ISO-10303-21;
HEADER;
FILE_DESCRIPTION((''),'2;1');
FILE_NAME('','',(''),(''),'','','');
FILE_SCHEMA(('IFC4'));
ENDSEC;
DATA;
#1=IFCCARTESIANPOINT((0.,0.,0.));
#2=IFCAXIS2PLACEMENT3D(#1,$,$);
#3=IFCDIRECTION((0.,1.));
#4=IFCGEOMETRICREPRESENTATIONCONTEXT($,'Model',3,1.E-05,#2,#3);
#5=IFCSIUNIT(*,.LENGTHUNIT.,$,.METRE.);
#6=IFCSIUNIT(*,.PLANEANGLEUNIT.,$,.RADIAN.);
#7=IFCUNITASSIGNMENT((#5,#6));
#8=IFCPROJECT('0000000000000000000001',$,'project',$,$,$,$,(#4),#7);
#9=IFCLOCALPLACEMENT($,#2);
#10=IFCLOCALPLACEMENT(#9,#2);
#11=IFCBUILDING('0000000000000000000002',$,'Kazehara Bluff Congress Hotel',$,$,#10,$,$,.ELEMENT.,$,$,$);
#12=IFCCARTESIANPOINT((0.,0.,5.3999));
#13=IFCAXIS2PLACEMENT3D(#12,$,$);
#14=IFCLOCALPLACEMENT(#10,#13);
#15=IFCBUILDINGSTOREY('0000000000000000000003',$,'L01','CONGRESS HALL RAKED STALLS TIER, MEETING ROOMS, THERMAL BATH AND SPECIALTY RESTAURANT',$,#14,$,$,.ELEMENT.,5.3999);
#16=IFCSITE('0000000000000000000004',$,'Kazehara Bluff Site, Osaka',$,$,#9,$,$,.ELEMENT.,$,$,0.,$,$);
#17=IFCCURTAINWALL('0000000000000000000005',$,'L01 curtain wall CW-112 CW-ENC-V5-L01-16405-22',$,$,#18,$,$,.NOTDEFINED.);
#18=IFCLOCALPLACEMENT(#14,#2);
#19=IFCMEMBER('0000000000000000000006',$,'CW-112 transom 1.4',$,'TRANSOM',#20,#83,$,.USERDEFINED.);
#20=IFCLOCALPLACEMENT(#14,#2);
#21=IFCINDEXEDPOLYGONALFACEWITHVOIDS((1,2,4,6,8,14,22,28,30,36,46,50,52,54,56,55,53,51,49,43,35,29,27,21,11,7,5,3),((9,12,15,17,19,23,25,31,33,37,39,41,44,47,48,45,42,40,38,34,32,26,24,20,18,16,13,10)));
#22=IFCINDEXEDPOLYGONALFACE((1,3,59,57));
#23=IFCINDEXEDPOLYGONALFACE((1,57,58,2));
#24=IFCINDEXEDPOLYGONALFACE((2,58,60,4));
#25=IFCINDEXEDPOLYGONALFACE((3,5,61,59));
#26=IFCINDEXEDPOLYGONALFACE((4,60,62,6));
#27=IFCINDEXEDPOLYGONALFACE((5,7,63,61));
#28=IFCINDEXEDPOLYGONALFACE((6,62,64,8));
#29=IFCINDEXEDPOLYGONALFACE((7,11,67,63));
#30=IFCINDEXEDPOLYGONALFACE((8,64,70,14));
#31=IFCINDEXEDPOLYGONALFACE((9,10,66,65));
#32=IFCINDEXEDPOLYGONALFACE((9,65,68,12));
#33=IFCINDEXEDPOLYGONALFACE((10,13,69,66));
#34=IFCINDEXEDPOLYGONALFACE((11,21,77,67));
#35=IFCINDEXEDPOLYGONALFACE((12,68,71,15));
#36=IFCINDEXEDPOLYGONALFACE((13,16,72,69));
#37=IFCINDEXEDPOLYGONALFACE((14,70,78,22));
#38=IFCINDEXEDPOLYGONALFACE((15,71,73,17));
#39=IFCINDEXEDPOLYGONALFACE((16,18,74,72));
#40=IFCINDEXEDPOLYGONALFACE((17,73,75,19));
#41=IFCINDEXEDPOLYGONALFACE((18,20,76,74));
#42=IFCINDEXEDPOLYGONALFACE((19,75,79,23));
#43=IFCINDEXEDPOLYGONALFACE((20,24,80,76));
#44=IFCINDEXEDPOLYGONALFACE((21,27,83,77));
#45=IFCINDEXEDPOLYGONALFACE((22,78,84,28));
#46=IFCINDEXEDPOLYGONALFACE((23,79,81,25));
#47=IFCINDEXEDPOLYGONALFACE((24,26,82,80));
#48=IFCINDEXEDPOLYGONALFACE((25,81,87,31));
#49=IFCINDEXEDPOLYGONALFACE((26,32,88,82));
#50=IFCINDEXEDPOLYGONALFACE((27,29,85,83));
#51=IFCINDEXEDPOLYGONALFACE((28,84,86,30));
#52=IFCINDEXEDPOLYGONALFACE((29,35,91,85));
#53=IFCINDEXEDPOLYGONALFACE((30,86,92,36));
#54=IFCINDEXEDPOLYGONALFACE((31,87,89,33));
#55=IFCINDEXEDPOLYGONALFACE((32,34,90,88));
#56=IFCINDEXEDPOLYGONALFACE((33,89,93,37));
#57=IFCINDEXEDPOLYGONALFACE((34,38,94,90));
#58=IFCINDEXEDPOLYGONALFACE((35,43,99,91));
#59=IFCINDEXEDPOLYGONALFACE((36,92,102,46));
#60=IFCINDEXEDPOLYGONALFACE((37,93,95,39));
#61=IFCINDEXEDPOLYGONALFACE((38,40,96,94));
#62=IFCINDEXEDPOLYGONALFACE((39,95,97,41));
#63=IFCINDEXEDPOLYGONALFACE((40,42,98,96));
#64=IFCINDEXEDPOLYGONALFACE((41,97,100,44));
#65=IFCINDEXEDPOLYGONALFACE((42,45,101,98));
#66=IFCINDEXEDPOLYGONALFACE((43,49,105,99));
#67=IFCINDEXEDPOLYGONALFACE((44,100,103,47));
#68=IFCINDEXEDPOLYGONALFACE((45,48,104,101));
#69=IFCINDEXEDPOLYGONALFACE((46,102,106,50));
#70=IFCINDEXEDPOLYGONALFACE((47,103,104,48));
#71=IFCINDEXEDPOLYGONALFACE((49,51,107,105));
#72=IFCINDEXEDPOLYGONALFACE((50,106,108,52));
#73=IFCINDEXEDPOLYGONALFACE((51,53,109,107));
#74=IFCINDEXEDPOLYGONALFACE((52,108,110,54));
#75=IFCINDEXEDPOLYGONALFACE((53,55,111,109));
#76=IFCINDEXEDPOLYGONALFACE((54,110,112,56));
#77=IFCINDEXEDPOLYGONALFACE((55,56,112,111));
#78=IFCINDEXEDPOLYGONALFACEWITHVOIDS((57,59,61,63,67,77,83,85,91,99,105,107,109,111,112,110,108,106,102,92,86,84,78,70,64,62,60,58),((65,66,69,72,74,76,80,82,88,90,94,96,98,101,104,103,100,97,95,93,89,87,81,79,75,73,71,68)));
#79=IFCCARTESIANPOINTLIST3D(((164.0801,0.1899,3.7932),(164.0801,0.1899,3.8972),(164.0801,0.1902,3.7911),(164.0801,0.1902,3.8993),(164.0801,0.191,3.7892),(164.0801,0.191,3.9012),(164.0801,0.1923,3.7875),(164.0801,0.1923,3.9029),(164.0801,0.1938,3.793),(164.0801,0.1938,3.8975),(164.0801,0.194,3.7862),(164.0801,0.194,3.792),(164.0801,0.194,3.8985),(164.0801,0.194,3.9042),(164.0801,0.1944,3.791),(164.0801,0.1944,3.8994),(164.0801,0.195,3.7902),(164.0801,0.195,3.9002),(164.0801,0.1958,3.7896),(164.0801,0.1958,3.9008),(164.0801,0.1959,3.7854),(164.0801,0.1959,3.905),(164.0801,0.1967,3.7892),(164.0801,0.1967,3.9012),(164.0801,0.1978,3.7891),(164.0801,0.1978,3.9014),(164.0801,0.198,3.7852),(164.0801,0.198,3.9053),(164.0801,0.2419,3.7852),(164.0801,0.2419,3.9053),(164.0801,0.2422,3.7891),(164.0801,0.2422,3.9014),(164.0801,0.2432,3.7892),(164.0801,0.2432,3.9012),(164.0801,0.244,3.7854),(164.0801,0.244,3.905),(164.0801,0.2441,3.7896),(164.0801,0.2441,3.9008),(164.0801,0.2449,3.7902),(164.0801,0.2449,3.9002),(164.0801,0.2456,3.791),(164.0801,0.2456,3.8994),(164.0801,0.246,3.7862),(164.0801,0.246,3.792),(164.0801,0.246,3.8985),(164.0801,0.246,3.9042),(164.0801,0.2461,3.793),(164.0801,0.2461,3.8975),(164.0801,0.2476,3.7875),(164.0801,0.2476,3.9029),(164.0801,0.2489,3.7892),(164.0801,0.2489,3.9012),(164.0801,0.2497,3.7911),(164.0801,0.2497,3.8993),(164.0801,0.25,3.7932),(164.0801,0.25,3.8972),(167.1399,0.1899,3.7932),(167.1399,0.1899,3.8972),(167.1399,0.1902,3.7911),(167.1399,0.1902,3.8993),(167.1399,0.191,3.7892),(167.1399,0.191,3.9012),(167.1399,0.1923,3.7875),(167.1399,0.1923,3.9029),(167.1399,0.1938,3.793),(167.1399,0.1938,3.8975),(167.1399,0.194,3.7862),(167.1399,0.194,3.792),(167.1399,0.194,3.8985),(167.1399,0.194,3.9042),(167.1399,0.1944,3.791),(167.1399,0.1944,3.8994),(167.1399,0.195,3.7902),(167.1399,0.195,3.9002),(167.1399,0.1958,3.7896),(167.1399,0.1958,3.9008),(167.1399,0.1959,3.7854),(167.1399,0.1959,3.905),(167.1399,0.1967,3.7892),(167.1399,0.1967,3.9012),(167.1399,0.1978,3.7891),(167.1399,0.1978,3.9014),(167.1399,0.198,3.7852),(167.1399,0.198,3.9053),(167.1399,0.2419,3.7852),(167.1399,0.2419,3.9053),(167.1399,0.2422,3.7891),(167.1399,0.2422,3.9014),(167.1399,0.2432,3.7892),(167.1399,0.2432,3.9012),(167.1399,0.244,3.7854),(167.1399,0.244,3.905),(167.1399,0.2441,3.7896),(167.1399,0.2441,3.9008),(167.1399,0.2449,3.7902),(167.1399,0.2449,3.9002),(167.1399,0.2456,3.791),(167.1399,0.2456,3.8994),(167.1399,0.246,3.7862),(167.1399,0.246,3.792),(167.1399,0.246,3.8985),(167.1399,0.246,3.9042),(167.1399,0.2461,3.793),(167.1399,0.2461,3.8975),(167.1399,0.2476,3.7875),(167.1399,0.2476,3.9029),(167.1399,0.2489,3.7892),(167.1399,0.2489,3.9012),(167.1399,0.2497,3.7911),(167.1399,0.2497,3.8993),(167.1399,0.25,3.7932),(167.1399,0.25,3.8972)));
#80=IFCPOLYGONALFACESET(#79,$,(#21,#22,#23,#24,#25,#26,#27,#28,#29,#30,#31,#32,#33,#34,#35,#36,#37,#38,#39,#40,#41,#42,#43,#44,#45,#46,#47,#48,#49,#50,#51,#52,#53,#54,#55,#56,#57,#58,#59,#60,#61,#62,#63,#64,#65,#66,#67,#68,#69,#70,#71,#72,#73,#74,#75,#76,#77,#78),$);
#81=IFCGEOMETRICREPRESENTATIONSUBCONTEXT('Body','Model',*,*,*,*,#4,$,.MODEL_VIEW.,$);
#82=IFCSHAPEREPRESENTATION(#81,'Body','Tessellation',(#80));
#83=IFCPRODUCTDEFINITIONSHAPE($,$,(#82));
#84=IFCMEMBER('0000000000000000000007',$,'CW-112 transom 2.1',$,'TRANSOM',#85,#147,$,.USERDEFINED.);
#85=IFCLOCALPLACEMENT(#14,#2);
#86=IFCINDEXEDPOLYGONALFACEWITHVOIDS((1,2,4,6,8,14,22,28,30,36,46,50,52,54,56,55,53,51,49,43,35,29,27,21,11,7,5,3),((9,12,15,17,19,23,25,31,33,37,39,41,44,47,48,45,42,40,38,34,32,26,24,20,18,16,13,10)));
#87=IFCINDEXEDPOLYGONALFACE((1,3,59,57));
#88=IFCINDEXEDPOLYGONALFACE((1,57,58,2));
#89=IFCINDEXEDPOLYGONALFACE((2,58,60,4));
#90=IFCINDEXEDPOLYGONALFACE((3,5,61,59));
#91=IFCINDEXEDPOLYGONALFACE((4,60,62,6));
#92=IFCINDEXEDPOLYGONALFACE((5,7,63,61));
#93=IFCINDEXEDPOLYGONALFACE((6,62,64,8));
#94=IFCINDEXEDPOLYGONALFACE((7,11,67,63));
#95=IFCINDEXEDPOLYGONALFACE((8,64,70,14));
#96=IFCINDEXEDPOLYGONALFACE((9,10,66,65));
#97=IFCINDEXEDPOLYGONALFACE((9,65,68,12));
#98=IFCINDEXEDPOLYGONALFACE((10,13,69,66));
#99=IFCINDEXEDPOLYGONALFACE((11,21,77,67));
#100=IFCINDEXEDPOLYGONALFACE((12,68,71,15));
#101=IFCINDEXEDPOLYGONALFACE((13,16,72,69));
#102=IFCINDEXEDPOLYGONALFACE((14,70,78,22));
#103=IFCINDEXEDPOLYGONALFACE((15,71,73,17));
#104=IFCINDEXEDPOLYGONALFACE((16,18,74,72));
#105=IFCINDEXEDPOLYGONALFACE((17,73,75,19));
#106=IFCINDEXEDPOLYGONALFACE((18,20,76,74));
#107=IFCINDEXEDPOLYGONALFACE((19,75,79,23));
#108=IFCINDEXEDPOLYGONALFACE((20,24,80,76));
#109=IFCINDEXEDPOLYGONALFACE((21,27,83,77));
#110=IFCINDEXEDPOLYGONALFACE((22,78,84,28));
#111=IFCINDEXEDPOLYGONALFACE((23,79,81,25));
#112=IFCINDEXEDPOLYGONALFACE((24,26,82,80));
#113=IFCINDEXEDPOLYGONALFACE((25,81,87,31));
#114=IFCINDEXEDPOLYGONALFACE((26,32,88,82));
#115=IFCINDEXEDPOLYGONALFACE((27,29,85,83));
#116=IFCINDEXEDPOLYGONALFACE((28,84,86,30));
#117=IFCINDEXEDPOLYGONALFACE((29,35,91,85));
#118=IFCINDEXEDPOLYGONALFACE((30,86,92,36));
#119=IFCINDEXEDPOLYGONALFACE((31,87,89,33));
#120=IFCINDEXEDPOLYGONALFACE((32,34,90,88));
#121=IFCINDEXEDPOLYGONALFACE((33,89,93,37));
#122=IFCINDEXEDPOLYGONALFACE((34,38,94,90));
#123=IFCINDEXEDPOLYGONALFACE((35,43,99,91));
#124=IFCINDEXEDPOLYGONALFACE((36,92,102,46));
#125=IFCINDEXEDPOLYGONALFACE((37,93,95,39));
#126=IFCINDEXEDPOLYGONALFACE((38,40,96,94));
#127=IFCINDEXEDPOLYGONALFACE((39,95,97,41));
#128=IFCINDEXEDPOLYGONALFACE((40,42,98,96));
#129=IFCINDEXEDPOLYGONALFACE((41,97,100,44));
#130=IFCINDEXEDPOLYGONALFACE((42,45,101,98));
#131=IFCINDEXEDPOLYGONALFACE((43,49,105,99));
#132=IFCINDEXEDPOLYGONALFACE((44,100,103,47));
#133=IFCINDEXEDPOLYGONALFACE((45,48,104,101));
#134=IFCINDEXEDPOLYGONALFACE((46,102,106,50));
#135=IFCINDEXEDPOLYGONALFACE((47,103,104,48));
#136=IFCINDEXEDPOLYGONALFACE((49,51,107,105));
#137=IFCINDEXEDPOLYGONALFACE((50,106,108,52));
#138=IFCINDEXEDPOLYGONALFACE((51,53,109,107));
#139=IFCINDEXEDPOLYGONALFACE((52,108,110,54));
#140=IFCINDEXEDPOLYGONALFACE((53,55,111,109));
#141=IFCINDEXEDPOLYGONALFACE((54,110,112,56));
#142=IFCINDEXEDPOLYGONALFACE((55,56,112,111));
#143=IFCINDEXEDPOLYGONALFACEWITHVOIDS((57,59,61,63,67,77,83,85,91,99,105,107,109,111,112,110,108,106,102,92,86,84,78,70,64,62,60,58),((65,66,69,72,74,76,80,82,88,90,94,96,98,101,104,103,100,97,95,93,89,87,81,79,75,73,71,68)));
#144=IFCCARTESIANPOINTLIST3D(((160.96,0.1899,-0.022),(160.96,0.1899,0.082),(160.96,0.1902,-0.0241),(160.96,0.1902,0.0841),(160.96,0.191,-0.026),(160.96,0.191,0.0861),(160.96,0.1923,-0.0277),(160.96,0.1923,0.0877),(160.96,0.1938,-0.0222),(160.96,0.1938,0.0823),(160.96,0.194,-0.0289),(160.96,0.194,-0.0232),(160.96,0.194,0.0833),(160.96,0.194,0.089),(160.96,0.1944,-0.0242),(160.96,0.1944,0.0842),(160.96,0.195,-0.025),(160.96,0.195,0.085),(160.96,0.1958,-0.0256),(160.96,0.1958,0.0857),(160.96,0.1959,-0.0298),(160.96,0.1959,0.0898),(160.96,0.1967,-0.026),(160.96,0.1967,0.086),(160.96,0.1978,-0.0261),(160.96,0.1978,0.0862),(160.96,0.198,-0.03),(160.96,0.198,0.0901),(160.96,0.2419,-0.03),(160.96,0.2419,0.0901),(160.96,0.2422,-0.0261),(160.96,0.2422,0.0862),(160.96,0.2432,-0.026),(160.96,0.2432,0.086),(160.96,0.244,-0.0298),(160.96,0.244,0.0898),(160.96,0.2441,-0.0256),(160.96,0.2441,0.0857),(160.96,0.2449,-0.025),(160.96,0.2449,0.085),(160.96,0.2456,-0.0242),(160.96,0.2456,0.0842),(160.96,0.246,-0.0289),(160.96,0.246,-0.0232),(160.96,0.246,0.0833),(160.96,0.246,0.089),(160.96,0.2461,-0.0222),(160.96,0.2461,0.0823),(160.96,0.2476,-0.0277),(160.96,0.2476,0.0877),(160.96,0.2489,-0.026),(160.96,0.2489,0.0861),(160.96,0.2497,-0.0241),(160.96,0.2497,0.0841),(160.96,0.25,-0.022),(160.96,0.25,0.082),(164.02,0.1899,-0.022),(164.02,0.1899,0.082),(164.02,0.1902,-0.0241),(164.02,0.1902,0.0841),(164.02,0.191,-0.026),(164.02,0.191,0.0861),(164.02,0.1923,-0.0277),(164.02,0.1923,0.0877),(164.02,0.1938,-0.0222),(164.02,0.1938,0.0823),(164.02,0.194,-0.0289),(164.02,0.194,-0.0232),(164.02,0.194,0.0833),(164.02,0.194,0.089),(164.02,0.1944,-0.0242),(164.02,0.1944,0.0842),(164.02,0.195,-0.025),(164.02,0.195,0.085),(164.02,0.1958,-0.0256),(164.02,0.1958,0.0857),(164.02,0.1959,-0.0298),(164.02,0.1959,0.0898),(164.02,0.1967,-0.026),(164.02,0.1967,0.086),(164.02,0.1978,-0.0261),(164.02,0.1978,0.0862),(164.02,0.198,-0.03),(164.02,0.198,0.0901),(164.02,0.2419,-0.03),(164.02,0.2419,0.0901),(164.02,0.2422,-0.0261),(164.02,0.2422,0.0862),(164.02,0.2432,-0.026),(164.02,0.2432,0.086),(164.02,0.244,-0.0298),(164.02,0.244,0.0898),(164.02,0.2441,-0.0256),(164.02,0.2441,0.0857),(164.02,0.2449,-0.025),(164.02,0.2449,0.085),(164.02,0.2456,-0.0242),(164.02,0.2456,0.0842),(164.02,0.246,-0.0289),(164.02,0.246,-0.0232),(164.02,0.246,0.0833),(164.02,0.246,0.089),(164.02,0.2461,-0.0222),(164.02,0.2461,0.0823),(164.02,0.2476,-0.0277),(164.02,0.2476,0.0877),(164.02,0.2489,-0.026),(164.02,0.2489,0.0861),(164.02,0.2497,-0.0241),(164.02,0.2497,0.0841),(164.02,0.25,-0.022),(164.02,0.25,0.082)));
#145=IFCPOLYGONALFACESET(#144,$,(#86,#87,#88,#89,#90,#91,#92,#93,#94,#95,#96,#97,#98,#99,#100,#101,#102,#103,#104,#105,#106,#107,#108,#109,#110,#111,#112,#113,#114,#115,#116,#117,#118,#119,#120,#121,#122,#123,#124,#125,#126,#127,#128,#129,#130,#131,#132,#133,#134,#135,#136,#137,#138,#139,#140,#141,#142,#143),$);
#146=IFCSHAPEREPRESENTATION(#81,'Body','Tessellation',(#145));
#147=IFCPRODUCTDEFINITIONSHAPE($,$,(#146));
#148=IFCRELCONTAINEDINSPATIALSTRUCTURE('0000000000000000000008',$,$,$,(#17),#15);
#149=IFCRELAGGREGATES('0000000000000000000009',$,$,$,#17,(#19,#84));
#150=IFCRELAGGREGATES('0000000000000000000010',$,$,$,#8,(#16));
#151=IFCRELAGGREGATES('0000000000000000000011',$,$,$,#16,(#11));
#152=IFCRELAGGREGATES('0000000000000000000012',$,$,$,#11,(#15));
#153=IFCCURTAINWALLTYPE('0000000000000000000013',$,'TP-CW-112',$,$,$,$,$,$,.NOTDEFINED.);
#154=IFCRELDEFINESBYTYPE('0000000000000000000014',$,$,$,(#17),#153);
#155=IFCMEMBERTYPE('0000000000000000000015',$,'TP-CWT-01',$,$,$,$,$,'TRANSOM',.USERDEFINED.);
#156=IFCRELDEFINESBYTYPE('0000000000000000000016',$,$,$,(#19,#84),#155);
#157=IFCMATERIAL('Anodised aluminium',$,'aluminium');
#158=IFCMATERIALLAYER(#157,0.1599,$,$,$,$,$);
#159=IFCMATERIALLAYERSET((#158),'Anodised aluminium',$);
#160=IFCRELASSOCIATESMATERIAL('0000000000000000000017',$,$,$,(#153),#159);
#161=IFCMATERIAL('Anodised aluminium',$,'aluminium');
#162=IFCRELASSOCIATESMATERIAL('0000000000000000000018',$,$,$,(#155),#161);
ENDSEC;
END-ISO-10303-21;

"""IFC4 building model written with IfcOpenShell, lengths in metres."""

from ifc_helpers import new_model, si_unit, direction, frame, origin, origin_2d, place, context, subcontext, project, spatial, hollow_rectangle, extrude, material, layer, layer_set, material_profile, profile_set, type_object, element, aggregate, save


model = new_model("IFC4")

# Units and contexts
model_context = context("Model", 3, precision=1e-05, world=origin(), true_north=direction((0.0, 1.0)))
body_context = subcontext(model_context, "Body", "Model", "MODEL_VIEW")
ifc_project = project(units=[si_unit("LENGTHUNIT", "METRE"), si_unit("PLANEANGLEUNIT", "RADIAN")], contexts=[model_context])

# Site, building, storey
site_placement = place(None, origin())
site = spatial("IfcSite", under=ifc_project, at=site_placement, Name="Kazehara Bluff Site, Osaka", CompositionType="ELEMENT", RefElevation=0.0)
building_placement = place(site_placement, origin())
building = spatial("IfcBuilding", under=site, at=building_placement, Name="Kazehara Bluff Congress Hotel", CompositionType="ELEMENT")
storey_placement = place(building_placement, frame((0.0, 0.0, 5.3999)))
storey = spatial("IfcBuildingStorey", under=building, at=storey_placement, Name="L01", Description="CONGRESS HALL RAKED STALLS TIER, MEETING ROOMS, THERMAL BATH AND SPECIALTY RESTAURANT", CompositionType="ELEMENT", Elevation=5.3999)

# Curtain wall
ifc_material_1 = material(Name="Anodised aluminium", Category="aluminium")
ifc_layer_1 = layer(ifc_material_1, 0.1599)
ifc_layer_set_1 = layer_set([ifc_layer_1], Name="Anodised aluminium")
curtain_wall_type_1 = type_object("IfcCurtainWallType", Name="TP-CW-112", PredefinedType="NOTDEFINED", material=ifc_layer_set_1)
curtain_wall_1_placement = place(storey_placement, origin())
curtain_wall_1 = element("IfcCurtainWall", 1, at=curtain_wall_1_placement, inside=storey, type_object=curtain_wall_type_1, Name="L01 curtain wall CW-112 CW-ENC-V5-L01-16405-22", PredefinedType="NOTDEFINED")

# Members
ifc_material_2 = material(Name="Anodised aluminium", Category="aluminium")
ifc_material_profile_1 = material_profile(ifc_material_2, hollow_rectangle(XDim=0.0601, YDim=0.1201, WallThickness=0.0039, InnerFilletRadius=0.0039, OuterFilletRadius=0.0081, at=origin_2d()))
ifc_profile_set_1 = profile_set([ifc_material_profile_1], Name="Anodised aluminium")
member_type_1 = type_object("IfcMemberType", Name="TP-CWT-01", ElementType="TRANSOM", PredefinedType="USERDEFINED", material=ifc_profile_set_1)
member_1_placement = place(storey_placement, frame((167.1399, 0.22, 3.8452), z_axis=(-1.0, 0.0, 0.0), x_axis=(0.0, -1.0, 0.0)))
member_1 = element("IfcMember", 2, at=member_1_placement, type_object=member_type_1, Name="CW-112 transom 1.4", ObjectType="TRANSOM", PredefinedType="USERDEFINED", context=body_context, shape_type="SweptSolid", body=[
    extrude(hollow_rectangle(XDim=0.0601, YDim=0.1201, WallThickness=0.0039, InnerFilletRadius=0.0039, OuterFilletRadius=0.0081, at=origin_2d()), origin(), (0.0, 0.0, 1.0), 3.0598),
])
member_2_placement = place(storey_placement, frame((164.02, 0.22, 0.03), z_axis=(-1.0, 0.0, 0.0), x_axis=(0.0, -1.0, 0.0)))
member_2 = element("IfcMember", 3, at=member_2_placement, type_object=member_type_1, Name="CW-112 transom 2.1", ObjectType="TRANSOM", PredefinedType="USERDEFINED", context=body_context, shape_type="SweptSolid", body=[
    extrude(hollow_rectangle(XDim=0.0601, YDim=0.1201, WallThickness=0.0039, InnerFilletRadius=0.0039, OuterFilletRadius=0.0081, at=origin_2d()), origin(), (0.0, 0.0, 1.0), 3.0601),
])

aggregate(curtain_wall_1, [member_1, member_2])

save(model, "model.ifc")
